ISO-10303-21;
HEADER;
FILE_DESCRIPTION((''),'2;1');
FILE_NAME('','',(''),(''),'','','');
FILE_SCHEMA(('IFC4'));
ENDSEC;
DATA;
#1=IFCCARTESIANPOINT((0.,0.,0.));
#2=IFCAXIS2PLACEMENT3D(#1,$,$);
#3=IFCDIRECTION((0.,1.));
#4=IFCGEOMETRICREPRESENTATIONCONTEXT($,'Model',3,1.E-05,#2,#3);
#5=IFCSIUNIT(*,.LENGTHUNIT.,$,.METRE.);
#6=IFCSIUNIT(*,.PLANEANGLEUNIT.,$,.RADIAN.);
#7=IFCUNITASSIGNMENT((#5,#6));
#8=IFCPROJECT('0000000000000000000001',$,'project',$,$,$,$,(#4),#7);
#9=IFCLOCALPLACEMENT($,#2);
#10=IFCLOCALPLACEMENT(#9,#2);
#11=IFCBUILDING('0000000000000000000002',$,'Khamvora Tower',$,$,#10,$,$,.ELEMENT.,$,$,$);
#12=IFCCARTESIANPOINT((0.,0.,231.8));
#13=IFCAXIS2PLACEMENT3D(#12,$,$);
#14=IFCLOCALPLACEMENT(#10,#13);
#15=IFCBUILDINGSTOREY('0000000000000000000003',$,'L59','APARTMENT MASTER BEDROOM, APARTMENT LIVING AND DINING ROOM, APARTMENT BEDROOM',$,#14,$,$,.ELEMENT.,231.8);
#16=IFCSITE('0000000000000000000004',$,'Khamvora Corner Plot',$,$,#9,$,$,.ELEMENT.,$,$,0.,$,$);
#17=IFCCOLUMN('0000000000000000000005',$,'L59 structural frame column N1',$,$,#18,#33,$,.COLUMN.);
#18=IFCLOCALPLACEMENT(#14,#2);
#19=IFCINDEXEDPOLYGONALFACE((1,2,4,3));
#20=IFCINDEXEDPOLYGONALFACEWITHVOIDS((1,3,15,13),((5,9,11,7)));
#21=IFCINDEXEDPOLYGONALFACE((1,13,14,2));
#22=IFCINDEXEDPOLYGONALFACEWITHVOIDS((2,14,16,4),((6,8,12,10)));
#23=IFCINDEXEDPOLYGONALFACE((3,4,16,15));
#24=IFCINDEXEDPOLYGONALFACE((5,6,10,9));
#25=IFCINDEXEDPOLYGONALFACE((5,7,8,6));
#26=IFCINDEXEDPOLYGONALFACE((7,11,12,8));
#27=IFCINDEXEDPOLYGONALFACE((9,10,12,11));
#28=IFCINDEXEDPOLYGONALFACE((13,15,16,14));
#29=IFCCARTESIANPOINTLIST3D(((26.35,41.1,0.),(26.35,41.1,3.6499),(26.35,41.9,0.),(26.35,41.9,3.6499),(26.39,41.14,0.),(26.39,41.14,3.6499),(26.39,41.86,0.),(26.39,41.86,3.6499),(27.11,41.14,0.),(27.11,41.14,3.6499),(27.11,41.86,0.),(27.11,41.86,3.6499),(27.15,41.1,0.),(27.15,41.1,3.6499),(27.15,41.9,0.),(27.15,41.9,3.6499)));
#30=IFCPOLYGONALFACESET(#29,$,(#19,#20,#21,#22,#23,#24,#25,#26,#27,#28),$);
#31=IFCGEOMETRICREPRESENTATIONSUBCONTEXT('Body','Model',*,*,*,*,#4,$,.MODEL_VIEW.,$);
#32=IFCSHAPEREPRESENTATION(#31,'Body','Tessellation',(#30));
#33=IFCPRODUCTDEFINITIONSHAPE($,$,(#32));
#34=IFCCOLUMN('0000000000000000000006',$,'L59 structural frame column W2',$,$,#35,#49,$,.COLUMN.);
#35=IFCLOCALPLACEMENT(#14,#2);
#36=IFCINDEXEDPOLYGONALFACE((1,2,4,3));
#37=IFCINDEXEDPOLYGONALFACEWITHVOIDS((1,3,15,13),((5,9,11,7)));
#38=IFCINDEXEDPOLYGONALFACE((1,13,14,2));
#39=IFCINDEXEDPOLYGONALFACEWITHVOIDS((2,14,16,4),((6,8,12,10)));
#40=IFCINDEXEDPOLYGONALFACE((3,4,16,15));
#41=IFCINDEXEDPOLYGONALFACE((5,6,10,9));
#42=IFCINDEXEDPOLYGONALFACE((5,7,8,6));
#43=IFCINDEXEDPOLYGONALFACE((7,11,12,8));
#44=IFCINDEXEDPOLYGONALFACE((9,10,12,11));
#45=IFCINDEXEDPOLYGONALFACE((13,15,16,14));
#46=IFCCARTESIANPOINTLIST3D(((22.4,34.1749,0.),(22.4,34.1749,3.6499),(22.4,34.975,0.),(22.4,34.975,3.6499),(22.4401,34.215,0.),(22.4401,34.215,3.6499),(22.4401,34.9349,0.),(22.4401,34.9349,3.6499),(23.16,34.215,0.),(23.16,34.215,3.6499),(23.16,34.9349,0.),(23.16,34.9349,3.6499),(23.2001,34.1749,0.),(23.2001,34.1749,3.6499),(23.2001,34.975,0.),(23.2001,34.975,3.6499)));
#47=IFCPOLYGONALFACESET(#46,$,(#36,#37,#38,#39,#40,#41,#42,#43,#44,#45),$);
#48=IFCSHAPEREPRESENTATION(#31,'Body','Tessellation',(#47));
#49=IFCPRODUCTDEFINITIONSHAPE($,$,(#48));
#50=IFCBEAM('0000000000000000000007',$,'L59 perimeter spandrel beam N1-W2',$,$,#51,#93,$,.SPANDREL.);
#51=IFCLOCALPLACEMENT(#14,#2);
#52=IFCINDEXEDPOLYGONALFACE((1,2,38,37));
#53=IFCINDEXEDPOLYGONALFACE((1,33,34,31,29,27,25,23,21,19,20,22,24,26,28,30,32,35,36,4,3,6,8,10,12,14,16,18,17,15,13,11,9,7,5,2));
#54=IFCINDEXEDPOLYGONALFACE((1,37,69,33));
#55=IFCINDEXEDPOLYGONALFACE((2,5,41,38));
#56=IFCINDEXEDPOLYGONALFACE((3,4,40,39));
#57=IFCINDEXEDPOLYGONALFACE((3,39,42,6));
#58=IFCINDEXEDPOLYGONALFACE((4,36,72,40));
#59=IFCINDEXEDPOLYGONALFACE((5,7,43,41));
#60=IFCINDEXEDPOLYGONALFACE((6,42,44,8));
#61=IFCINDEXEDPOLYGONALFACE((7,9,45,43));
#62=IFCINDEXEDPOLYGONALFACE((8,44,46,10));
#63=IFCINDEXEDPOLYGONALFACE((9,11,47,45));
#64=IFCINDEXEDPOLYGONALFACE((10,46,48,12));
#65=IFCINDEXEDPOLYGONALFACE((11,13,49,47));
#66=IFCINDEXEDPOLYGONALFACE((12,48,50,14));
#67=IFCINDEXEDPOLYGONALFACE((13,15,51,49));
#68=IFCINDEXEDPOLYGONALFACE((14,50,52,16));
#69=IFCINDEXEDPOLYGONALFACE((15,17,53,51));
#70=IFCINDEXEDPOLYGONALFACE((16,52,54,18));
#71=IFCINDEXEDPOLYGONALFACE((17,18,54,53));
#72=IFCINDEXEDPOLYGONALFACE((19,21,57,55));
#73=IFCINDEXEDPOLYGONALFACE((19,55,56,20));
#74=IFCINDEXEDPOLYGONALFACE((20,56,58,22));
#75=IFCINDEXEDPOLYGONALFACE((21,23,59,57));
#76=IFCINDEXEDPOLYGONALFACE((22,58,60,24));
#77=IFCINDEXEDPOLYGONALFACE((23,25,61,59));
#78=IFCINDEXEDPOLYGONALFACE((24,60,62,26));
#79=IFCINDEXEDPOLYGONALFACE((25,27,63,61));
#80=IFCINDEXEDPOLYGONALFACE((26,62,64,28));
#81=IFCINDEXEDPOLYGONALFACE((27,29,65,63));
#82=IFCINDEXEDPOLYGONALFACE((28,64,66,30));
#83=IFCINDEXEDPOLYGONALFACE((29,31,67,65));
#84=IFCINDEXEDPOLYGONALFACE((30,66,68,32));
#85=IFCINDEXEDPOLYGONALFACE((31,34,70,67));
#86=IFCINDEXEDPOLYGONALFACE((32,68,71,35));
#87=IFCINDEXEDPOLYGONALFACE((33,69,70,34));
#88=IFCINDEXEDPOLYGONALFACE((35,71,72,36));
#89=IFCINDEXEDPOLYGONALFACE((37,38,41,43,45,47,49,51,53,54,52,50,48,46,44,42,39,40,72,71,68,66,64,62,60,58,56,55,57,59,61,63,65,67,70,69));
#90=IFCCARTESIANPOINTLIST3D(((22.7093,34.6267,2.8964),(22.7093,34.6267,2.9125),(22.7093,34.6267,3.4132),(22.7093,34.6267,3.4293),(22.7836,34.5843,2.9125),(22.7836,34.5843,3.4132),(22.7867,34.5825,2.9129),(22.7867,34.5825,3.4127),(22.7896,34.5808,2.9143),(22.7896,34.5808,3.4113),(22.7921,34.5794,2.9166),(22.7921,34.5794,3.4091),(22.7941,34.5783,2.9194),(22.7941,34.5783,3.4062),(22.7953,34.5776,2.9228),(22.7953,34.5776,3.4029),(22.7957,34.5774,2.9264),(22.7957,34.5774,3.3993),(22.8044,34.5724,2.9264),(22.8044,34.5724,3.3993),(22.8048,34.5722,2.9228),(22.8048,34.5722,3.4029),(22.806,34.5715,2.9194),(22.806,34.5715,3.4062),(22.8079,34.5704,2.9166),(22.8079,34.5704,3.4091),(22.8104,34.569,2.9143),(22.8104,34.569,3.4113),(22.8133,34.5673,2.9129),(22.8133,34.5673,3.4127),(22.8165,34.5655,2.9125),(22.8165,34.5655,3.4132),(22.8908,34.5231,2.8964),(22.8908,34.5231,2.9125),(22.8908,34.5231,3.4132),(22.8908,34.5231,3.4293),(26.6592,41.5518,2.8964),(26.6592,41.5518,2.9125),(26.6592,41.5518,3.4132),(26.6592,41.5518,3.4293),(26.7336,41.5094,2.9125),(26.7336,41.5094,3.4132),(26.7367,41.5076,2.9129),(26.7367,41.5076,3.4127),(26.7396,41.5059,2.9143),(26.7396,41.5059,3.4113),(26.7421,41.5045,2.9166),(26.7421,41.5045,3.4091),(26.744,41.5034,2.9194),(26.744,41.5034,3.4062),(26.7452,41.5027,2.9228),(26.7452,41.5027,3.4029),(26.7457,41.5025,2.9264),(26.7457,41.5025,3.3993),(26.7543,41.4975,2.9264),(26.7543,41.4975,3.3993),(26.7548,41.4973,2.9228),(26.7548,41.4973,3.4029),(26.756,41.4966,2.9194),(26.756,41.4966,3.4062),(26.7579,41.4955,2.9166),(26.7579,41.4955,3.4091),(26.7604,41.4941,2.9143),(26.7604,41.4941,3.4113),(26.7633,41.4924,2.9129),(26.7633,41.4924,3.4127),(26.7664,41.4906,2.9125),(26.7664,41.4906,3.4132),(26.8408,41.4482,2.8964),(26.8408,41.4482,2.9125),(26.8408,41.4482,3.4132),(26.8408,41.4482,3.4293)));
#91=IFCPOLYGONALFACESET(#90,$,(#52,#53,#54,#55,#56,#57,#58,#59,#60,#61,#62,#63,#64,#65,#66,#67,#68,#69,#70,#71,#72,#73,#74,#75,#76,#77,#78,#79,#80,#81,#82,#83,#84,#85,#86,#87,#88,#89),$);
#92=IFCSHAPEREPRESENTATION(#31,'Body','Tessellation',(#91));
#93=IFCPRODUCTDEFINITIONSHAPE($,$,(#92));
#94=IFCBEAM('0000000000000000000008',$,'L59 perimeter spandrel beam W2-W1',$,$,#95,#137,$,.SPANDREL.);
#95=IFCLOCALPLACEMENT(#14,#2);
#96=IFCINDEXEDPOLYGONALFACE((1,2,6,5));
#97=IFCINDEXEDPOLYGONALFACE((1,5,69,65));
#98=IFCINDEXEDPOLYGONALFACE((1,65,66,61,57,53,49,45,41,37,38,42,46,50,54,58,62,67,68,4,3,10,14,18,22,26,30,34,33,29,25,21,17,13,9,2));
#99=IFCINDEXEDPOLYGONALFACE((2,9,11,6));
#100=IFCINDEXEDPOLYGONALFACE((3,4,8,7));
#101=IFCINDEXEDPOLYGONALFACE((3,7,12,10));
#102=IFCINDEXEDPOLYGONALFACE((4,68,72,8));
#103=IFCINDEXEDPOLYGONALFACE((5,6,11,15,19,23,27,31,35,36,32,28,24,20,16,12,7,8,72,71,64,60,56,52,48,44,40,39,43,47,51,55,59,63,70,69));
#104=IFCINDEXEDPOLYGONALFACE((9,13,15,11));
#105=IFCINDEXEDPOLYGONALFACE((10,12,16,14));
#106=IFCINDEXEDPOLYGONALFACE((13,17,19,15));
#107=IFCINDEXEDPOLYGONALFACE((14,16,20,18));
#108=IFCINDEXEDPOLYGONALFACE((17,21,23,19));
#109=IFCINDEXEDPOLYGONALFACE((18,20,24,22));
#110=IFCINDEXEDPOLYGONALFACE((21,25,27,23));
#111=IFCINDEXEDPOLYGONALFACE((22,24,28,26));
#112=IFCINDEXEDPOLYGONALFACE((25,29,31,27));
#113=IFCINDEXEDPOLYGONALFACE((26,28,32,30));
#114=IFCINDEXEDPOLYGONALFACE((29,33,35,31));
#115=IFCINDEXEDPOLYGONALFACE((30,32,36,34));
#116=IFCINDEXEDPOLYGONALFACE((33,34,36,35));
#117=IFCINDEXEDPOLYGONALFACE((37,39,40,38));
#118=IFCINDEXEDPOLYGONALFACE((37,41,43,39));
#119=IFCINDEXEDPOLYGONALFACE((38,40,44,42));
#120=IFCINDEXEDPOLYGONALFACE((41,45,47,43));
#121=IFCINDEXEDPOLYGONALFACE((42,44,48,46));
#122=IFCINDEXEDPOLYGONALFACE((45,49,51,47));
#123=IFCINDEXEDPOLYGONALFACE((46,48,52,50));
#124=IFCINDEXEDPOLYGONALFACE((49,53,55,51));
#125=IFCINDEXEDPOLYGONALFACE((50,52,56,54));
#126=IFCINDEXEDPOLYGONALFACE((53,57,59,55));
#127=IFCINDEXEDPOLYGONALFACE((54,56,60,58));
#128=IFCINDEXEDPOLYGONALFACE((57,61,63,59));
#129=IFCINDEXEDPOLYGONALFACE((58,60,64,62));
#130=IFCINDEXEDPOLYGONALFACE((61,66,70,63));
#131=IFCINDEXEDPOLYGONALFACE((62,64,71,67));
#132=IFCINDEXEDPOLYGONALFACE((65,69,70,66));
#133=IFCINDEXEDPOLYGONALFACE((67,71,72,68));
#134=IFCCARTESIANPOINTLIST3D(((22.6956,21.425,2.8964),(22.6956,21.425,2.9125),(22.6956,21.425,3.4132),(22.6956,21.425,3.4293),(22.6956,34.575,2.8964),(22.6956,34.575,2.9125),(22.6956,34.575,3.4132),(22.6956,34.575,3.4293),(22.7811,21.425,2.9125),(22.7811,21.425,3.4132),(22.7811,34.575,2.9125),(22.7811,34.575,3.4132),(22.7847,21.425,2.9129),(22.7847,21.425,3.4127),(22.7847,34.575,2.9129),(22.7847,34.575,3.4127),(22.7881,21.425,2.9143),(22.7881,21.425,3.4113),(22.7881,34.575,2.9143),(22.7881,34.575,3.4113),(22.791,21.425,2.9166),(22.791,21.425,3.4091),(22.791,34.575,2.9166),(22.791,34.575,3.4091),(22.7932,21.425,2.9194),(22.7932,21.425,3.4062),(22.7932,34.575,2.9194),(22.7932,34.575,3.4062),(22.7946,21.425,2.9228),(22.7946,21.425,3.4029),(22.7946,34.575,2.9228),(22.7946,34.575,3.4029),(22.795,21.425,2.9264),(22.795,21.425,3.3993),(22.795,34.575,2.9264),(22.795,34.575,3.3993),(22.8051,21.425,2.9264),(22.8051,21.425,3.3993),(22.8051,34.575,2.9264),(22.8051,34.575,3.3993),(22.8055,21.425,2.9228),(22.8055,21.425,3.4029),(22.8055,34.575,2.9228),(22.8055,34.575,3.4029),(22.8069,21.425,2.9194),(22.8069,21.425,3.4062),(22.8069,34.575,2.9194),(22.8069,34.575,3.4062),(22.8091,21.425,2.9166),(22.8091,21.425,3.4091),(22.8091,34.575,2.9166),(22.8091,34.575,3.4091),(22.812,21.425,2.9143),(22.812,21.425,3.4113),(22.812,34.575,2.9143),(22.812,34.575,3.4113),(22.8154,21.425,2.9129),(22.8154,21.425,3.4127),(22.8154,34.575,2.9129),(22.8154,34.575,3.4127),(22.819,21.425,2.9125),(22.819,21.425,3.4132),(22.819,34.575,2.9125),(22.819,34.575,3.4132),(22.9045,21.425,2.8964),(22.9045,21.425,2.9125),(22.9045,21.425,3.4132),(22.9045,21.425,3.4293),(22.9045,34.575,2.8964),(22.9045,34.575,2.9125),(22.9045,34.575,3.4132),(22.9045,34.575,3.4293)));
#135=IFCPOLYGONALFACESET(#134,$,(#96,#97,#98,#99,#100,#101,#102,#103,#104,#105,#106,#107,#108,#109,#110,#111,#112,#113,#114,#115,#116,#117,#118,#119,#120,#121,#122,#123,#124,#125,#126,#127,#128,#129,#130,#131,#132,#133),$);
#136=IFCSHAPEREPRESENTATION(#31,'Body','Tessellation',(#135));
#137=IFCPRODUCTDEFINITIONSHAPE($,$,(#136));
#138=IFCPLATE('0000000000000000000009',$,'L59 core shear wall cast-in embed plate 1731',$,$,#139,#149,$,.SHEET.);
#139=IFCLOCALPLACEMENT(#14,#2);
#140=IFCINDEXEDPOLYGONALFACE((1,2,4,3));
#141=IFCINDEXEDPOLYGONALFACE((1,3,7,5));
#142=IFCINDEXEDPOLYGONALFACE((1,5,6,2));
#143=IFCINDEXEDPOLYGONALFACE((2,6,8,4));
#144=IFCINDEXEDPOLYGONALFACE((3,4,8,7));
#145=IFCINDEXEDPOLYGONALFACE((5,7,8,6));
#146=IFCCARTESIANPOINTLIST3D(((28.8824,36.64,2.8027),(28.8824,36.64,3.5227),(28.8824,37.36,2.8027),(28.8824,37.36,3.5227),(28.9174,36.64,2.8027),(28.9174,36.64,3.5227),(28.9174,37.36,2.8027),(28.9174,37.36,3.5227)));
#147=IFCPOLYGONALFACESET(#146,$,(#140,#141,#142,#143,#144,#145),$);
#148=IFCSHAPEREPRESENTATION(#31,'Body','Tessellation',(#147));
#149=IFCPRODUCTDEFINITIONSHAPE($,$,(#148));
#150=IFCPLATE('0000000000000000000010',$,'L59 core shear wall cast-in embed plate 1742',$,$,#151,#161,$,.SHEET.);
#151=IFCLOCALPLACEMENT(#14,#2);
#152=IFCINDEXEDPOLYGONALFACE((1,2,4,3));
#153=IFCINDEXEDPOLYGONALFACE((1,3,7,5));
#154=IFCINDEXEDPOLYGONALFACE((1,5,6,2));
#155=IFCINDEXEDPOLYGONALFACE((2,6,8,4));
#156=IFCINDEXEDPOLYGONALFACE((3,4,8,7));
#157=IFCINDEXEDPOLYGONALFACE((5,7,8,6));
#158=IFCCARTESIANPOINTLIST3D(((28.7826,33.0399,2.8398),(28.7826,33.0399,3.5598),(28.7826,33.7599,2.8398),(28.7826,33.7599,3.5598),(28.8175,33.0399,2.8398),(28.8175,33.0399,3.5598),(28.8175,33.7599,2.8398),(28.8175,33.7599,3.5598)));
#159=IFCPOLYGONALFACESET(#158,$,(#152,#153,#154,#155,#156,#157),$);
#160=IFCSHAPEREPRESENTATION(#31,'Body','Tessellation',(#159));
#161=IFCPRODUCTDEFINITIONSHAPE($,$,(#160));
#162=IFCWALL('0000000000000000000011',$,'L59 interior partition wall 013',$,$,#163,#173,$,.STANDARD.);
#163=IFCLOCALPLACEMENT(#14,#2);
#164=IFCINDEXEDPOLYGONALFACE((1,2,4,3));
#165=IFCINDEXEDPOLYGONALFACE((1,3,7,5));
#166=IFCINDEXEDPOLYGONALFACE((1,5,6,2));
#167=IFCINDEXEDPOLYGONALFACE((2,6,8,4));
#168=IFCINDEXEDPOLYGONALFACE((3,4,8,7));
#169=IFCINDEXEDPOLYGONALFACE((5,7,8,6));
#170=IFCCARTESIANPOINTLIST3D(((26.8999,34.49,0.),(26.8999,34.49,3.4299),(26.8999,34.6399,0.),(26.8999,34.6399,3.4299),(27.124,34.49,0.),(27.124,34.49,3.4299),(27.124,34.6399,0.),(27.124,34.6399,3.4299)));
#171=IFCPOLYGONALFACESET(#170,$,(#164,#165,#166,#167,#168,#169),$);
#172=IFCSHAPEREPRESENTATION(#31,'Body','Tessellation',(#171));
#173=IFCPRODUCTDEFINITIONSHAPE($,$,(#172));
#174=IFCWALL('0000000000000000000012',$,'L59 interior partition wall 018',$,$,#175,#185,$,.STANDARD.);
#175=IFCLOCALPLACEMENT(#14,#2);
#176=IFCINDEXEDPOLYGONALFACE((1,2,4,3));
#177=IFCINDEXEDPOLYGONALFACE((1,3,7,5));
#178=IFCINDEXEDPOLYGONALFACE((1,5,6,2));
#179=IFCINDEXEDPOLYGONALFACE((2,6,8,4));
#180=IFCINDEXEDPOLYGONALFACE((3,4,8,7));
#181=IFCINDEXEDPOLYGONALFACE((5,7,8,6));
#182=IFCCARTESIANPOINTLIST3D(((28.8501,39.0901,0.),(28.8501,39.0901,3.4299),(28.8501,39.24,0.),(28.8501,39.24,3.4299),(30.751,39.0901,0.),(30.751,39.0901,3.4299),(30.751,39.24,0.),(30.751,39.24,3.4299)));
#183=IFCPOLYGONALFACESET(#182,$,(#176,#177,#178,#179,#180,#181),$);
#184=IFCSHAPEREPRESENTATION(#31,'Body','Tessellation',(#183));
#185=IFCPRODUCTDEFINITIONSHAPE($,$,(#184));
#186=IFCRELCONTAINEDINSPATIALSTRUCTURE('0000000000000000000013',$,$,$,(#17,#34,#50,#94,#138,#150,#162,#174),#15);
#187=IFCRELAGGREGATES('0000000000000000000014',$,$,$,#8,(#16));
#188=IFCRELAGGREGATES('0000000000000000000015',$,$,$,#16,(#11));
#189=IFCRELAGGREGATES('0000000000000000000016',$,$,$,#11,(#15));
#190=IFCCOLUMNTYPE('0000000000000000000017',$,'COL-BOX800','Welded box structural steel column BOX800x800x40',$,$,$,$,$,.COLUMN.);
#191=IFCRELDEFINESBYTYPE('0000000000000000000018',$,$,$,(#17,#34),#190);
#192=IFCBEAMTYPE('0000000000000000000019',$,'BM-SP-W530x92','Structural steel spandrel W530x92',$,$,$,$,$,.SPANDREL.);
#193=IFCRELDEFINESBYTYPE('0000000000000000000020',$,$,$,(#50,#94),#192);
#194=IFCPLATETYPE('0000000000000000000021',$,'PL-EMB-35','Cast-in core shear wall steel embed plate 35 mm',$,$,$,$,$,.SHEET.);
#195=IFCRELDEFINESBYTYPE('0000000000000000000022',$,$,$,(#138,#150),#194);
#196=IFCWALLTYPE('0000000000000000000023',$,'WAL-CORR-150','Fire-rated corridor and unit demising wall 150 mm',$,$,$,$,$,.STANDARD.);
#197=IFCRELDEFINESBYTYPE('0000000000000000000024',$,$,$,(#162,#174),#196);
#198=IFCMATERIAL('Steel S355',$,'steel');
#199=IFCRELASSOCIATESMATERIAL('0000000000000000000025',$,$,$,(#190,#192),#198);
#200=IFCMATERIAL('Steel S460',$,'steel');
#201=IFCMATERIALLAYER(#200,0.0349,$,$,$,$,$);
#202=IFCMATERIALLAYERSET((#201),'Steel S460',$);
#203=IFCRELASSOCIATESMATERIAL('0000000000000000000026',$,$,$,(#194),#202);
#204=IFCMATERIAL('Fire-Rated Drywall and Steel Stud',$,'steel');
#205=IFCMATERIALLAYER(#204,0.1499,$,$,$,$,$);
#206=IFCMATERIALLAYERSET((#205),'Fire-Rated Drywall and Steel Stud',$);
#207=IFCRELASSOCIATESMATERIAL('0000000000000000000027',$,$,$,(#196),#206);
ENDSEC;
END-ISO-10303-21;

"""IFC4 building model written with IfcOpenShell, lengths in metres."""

from ifc_helpers import new_model, si_unit, direction, frame, frame_2d, origin, origin_2d, place, context, subcontext, project, spatial, rectangle, hollow_rectangle, i_section, extrude, material, layer, layer_set, material_profile, profile_set, type_object, element, save


model = new_model("IFC4")

# Units and contexts
model_context = context("Model", 3, precision=1e-05, world=origin(), true_north=direction((0.0, 1.0)))
body_context = subcontext(model_context, "Body", "Model", "MODEL_VIEW")
ifc_project = project(units=[si_unit("LENGTHUNIT", "METRE"), si_unit("PLANEANGLEUNIT", "RADIAN")], contexts=[model_context])

# Site, building, storey
site_placement = place(None, origin())
site = spatial("IfcSite", under=ifc_project, at=site_placement, Name="Khamvora Corner Plot", CompositionType="ELEMENT", RefElevation=0.0)
building_placement = place(site_placement, origin())
building = spatial("IfcBuilding", under=site, at=building_placement, Name="Khamvora Tower", CompositionType="ELEMENT")
storey_placement = place(building_placement, frame((0.0, 0.0, 231.8)))
storey = spatial("IfcBuildingStorey", under=building, at=storey_placement, Name="L59", Description="APARTMENT MASTER BEDROOM, APARTMENT LIVING AND DINING ROOM, APARTMENT BEDROOM", CompositionType="ELEMENT", Elevation=231.8)

# Columns
ifc_material_1 = material(Name="Steel S355", Category="steel")
ifc_material_profile_1 = material_profile(ifc_material_1, hollow_rectangle(XDim=0.8, YDim=0.8, WallThickness=0.04, at=origin_2d()), Name="BOX800x800x40")
ifc_profile_set_1 = profile_set([ifc_material_profile_1], Name="Steel S355")
column_type = type_object("IfcColumnType", Name="COL-BOX800", Description="Welded box structural steel column BOX800x800x40", PredefinedType="COLUMN", material=ifc_profile_set_1)
for number, where, z_axis, x_axis, name in (
    (1, (26.75, 41.5, 0.0), (0.0, 0.0, 1.0), (1.0, 0.0, 0.0), "L59 structural frame column N1"),
    (2, (22.8, 34.575, 0.0), (0.0, 0.0, 1.0), (1.0, 0.0, 0.0), "L59 structural frame column W2"),
):
    element("IfcColumn", number, at=place(storey_placement, frame(where, z_axis=z_axis, x_axis=x_axis)), inside=storey, type_object=column_type, Name=name, PredefinedType="COLUMN", context=body_context, shape_type="SweptSolid", body=[
        extrude(hollow_rectangle(XDim=0.8, YDim=0.8, WallThickness=0.04, at=origin_2d()), origin(), (0.0, 0.0, 1.0), 3.6499),
    ])

# Beams
ifc_material_profile_2 = material_profile(ifc_material_1, i_section(OverallWidth=0.209, OverallDepth=0.533, WebThickness=0.01, FlangeThickness=0.0161, FilletRadius=0.0139, at=origin_2d()), Name="W530x92")
ifc_profile_set_2 = profile_set([ifc_material_profile_2], Name="Steel S355")
beam_type = type_object("IfcBeamType", Name="BM-SP-W530x92", Description="Structural steel spandrel W530x92", PredefinedType="SPANDREL", material=ifc_profile_set_2)
beam_1_placement = place(storey_placement, frame((26.75, 41.5, 3.1628), z_axis=(-0.495456, -0.868633, 0.0), x_axis=(0.868633, -0.495456, 0.0)))
element("IfcBeam", 3, at=beam_1_placement, inside=storey, type_object=beam_type, Name="L59 perimeter spandrel beam N1-W2", PredefinedType="SPANDREL", context=body_context, shape_type="SweptSolid", body=[
    extrude(i_section(OverallWidth=0.209, OverallDepth=0.533, WebThickness=0.01, FlangeThickness=0.0161, FilletRadius=0.0139, at=origin_2d()), origin(), (0.0, 0.0, 1.0), 7.9724),
])
beam_2_placement = place(storey_placement, frame((22.8, 34.575, 3.1628), z_axis=(0.0, -1.0, 0.0), x_axis=(1.0, 0.0, 0.0)))
element("IfcBeam", 4, at=beam_2_placement, inside=storey, type_object=beam_type, Name="L59 perimeter spandrel beam W2-W1", PredefinedType="SPANDREL", context=body_context, shape_type="SweptSolid", body=[
    extrude(i_section(OverallWidth=0.209, OverallDepth=0.533, WebThickness=0.01, FlangeThickness=0.0161, FilletRadius=0.0139, at=origin_2d()), origin(), (0.0, 0.0, 1.0), 13.1499),
])

# Plates
ifc_material_2 = material(Name="Steel S460", Category="steel")
ifc_layer_1 = layer(ifc_material_2, 0.0349)
ifc_layer_set_1 = layer_set([ifc_layer_1], Name="Steel S460")
plate_type = type_object("IfcPlateType", Name="PL-EMB-35", Description="Cast-in core shear wall steel embed plate 35 mm", PredefinedType="SHEET", material=ifc_layer_set_1)
for number, where, z_axis, x_axis, name in (
    (5, (28.8999, 37.0, 2.8027), (0.0, 0.0, 1.0), (1.0, 0.0, 0.0), "L59 core shear wall cast-in embed plate 1731"),
    (6, (28.8, 33.3999, 2.8398), (0.0, 0.0, 1.0), (1.0, 0.0, 0.0), "L59 core shear wall cast-in embed plate 1742"),
):
    element("IfcPlate", number, at=place(storey_placement, frame(where, z_axis=z_axis, x_axis=x_axis)), inside=storey, type_object=plate_type, Name=name, PredefinedType="SHEET", context=body_context, shape_type="SweptSolid", body=[
        extrude(rectangle(XDim=0.0349, YDim=0.72, at=origin_2d()), origin(), (0.0, 0.0, 1.0), 0.72),
    ])

# Walls
ifc_material_3 = material(Name="Fire-Rated Drywall and Steel Stud", Category="steel")
ifc_layer_2 = layer(ifc_material_3, 0.1499)
ifc_layer_set_2 = layer_set([ifc_layer_2], Name="Fire-Rated Drywall and Steel Stud")
wall_type_1 = type_object("IfcWallType", Name="WAL-CORR-150", Description="Fire-rated corridor and unit demising wall 150 mm", PredefinedType="STANDARD", material=ifc_layer_set_2)
wall_1_placement = place(storey_placement, frame((26.8999, 34.5649, 0.0), z_axis=(0.0, 0.0, 1.0), x_axis=(1.0, 0.0, 0.0)))
element("IfcWall", 7, at=wall_1_placement, inside=storey, type_object=wall_type_1, Name="L59 interior partition wall 013", PredefinedType="STANDARD", context=body_context, shape_type="SweptSolid", body=[
    extrude(rectangle(XDim=0.2241, YDim=0.1499, at=frame_2d((0.1121, 0.0))), origin(), (0.0, 0.0, 1.0), 3.4299),
])
wall_2_placement = place(storey_placement, frame((28.8501, 39.165, 0.0), z_axis=(0.0, 0.0, 1.0), x_axis=(1.0, 0.0, 0.0)))
element("IfcWall", 8, at=wall_2_placement, inside=storey, type_object=wall_type_1, Name="L59 interior partition wall 018", PredefinedType="STANDARD", context=body_context, shape_type="SweptSolid", body=[
    extrude(rectangle(XDim=1.9009, YDim=0.1499, at=frame_2d((0.9504, 0.0))), origin(), (0.0, 0.0, 1.0), 3.4299),
])

save(model, "model.ifc")
